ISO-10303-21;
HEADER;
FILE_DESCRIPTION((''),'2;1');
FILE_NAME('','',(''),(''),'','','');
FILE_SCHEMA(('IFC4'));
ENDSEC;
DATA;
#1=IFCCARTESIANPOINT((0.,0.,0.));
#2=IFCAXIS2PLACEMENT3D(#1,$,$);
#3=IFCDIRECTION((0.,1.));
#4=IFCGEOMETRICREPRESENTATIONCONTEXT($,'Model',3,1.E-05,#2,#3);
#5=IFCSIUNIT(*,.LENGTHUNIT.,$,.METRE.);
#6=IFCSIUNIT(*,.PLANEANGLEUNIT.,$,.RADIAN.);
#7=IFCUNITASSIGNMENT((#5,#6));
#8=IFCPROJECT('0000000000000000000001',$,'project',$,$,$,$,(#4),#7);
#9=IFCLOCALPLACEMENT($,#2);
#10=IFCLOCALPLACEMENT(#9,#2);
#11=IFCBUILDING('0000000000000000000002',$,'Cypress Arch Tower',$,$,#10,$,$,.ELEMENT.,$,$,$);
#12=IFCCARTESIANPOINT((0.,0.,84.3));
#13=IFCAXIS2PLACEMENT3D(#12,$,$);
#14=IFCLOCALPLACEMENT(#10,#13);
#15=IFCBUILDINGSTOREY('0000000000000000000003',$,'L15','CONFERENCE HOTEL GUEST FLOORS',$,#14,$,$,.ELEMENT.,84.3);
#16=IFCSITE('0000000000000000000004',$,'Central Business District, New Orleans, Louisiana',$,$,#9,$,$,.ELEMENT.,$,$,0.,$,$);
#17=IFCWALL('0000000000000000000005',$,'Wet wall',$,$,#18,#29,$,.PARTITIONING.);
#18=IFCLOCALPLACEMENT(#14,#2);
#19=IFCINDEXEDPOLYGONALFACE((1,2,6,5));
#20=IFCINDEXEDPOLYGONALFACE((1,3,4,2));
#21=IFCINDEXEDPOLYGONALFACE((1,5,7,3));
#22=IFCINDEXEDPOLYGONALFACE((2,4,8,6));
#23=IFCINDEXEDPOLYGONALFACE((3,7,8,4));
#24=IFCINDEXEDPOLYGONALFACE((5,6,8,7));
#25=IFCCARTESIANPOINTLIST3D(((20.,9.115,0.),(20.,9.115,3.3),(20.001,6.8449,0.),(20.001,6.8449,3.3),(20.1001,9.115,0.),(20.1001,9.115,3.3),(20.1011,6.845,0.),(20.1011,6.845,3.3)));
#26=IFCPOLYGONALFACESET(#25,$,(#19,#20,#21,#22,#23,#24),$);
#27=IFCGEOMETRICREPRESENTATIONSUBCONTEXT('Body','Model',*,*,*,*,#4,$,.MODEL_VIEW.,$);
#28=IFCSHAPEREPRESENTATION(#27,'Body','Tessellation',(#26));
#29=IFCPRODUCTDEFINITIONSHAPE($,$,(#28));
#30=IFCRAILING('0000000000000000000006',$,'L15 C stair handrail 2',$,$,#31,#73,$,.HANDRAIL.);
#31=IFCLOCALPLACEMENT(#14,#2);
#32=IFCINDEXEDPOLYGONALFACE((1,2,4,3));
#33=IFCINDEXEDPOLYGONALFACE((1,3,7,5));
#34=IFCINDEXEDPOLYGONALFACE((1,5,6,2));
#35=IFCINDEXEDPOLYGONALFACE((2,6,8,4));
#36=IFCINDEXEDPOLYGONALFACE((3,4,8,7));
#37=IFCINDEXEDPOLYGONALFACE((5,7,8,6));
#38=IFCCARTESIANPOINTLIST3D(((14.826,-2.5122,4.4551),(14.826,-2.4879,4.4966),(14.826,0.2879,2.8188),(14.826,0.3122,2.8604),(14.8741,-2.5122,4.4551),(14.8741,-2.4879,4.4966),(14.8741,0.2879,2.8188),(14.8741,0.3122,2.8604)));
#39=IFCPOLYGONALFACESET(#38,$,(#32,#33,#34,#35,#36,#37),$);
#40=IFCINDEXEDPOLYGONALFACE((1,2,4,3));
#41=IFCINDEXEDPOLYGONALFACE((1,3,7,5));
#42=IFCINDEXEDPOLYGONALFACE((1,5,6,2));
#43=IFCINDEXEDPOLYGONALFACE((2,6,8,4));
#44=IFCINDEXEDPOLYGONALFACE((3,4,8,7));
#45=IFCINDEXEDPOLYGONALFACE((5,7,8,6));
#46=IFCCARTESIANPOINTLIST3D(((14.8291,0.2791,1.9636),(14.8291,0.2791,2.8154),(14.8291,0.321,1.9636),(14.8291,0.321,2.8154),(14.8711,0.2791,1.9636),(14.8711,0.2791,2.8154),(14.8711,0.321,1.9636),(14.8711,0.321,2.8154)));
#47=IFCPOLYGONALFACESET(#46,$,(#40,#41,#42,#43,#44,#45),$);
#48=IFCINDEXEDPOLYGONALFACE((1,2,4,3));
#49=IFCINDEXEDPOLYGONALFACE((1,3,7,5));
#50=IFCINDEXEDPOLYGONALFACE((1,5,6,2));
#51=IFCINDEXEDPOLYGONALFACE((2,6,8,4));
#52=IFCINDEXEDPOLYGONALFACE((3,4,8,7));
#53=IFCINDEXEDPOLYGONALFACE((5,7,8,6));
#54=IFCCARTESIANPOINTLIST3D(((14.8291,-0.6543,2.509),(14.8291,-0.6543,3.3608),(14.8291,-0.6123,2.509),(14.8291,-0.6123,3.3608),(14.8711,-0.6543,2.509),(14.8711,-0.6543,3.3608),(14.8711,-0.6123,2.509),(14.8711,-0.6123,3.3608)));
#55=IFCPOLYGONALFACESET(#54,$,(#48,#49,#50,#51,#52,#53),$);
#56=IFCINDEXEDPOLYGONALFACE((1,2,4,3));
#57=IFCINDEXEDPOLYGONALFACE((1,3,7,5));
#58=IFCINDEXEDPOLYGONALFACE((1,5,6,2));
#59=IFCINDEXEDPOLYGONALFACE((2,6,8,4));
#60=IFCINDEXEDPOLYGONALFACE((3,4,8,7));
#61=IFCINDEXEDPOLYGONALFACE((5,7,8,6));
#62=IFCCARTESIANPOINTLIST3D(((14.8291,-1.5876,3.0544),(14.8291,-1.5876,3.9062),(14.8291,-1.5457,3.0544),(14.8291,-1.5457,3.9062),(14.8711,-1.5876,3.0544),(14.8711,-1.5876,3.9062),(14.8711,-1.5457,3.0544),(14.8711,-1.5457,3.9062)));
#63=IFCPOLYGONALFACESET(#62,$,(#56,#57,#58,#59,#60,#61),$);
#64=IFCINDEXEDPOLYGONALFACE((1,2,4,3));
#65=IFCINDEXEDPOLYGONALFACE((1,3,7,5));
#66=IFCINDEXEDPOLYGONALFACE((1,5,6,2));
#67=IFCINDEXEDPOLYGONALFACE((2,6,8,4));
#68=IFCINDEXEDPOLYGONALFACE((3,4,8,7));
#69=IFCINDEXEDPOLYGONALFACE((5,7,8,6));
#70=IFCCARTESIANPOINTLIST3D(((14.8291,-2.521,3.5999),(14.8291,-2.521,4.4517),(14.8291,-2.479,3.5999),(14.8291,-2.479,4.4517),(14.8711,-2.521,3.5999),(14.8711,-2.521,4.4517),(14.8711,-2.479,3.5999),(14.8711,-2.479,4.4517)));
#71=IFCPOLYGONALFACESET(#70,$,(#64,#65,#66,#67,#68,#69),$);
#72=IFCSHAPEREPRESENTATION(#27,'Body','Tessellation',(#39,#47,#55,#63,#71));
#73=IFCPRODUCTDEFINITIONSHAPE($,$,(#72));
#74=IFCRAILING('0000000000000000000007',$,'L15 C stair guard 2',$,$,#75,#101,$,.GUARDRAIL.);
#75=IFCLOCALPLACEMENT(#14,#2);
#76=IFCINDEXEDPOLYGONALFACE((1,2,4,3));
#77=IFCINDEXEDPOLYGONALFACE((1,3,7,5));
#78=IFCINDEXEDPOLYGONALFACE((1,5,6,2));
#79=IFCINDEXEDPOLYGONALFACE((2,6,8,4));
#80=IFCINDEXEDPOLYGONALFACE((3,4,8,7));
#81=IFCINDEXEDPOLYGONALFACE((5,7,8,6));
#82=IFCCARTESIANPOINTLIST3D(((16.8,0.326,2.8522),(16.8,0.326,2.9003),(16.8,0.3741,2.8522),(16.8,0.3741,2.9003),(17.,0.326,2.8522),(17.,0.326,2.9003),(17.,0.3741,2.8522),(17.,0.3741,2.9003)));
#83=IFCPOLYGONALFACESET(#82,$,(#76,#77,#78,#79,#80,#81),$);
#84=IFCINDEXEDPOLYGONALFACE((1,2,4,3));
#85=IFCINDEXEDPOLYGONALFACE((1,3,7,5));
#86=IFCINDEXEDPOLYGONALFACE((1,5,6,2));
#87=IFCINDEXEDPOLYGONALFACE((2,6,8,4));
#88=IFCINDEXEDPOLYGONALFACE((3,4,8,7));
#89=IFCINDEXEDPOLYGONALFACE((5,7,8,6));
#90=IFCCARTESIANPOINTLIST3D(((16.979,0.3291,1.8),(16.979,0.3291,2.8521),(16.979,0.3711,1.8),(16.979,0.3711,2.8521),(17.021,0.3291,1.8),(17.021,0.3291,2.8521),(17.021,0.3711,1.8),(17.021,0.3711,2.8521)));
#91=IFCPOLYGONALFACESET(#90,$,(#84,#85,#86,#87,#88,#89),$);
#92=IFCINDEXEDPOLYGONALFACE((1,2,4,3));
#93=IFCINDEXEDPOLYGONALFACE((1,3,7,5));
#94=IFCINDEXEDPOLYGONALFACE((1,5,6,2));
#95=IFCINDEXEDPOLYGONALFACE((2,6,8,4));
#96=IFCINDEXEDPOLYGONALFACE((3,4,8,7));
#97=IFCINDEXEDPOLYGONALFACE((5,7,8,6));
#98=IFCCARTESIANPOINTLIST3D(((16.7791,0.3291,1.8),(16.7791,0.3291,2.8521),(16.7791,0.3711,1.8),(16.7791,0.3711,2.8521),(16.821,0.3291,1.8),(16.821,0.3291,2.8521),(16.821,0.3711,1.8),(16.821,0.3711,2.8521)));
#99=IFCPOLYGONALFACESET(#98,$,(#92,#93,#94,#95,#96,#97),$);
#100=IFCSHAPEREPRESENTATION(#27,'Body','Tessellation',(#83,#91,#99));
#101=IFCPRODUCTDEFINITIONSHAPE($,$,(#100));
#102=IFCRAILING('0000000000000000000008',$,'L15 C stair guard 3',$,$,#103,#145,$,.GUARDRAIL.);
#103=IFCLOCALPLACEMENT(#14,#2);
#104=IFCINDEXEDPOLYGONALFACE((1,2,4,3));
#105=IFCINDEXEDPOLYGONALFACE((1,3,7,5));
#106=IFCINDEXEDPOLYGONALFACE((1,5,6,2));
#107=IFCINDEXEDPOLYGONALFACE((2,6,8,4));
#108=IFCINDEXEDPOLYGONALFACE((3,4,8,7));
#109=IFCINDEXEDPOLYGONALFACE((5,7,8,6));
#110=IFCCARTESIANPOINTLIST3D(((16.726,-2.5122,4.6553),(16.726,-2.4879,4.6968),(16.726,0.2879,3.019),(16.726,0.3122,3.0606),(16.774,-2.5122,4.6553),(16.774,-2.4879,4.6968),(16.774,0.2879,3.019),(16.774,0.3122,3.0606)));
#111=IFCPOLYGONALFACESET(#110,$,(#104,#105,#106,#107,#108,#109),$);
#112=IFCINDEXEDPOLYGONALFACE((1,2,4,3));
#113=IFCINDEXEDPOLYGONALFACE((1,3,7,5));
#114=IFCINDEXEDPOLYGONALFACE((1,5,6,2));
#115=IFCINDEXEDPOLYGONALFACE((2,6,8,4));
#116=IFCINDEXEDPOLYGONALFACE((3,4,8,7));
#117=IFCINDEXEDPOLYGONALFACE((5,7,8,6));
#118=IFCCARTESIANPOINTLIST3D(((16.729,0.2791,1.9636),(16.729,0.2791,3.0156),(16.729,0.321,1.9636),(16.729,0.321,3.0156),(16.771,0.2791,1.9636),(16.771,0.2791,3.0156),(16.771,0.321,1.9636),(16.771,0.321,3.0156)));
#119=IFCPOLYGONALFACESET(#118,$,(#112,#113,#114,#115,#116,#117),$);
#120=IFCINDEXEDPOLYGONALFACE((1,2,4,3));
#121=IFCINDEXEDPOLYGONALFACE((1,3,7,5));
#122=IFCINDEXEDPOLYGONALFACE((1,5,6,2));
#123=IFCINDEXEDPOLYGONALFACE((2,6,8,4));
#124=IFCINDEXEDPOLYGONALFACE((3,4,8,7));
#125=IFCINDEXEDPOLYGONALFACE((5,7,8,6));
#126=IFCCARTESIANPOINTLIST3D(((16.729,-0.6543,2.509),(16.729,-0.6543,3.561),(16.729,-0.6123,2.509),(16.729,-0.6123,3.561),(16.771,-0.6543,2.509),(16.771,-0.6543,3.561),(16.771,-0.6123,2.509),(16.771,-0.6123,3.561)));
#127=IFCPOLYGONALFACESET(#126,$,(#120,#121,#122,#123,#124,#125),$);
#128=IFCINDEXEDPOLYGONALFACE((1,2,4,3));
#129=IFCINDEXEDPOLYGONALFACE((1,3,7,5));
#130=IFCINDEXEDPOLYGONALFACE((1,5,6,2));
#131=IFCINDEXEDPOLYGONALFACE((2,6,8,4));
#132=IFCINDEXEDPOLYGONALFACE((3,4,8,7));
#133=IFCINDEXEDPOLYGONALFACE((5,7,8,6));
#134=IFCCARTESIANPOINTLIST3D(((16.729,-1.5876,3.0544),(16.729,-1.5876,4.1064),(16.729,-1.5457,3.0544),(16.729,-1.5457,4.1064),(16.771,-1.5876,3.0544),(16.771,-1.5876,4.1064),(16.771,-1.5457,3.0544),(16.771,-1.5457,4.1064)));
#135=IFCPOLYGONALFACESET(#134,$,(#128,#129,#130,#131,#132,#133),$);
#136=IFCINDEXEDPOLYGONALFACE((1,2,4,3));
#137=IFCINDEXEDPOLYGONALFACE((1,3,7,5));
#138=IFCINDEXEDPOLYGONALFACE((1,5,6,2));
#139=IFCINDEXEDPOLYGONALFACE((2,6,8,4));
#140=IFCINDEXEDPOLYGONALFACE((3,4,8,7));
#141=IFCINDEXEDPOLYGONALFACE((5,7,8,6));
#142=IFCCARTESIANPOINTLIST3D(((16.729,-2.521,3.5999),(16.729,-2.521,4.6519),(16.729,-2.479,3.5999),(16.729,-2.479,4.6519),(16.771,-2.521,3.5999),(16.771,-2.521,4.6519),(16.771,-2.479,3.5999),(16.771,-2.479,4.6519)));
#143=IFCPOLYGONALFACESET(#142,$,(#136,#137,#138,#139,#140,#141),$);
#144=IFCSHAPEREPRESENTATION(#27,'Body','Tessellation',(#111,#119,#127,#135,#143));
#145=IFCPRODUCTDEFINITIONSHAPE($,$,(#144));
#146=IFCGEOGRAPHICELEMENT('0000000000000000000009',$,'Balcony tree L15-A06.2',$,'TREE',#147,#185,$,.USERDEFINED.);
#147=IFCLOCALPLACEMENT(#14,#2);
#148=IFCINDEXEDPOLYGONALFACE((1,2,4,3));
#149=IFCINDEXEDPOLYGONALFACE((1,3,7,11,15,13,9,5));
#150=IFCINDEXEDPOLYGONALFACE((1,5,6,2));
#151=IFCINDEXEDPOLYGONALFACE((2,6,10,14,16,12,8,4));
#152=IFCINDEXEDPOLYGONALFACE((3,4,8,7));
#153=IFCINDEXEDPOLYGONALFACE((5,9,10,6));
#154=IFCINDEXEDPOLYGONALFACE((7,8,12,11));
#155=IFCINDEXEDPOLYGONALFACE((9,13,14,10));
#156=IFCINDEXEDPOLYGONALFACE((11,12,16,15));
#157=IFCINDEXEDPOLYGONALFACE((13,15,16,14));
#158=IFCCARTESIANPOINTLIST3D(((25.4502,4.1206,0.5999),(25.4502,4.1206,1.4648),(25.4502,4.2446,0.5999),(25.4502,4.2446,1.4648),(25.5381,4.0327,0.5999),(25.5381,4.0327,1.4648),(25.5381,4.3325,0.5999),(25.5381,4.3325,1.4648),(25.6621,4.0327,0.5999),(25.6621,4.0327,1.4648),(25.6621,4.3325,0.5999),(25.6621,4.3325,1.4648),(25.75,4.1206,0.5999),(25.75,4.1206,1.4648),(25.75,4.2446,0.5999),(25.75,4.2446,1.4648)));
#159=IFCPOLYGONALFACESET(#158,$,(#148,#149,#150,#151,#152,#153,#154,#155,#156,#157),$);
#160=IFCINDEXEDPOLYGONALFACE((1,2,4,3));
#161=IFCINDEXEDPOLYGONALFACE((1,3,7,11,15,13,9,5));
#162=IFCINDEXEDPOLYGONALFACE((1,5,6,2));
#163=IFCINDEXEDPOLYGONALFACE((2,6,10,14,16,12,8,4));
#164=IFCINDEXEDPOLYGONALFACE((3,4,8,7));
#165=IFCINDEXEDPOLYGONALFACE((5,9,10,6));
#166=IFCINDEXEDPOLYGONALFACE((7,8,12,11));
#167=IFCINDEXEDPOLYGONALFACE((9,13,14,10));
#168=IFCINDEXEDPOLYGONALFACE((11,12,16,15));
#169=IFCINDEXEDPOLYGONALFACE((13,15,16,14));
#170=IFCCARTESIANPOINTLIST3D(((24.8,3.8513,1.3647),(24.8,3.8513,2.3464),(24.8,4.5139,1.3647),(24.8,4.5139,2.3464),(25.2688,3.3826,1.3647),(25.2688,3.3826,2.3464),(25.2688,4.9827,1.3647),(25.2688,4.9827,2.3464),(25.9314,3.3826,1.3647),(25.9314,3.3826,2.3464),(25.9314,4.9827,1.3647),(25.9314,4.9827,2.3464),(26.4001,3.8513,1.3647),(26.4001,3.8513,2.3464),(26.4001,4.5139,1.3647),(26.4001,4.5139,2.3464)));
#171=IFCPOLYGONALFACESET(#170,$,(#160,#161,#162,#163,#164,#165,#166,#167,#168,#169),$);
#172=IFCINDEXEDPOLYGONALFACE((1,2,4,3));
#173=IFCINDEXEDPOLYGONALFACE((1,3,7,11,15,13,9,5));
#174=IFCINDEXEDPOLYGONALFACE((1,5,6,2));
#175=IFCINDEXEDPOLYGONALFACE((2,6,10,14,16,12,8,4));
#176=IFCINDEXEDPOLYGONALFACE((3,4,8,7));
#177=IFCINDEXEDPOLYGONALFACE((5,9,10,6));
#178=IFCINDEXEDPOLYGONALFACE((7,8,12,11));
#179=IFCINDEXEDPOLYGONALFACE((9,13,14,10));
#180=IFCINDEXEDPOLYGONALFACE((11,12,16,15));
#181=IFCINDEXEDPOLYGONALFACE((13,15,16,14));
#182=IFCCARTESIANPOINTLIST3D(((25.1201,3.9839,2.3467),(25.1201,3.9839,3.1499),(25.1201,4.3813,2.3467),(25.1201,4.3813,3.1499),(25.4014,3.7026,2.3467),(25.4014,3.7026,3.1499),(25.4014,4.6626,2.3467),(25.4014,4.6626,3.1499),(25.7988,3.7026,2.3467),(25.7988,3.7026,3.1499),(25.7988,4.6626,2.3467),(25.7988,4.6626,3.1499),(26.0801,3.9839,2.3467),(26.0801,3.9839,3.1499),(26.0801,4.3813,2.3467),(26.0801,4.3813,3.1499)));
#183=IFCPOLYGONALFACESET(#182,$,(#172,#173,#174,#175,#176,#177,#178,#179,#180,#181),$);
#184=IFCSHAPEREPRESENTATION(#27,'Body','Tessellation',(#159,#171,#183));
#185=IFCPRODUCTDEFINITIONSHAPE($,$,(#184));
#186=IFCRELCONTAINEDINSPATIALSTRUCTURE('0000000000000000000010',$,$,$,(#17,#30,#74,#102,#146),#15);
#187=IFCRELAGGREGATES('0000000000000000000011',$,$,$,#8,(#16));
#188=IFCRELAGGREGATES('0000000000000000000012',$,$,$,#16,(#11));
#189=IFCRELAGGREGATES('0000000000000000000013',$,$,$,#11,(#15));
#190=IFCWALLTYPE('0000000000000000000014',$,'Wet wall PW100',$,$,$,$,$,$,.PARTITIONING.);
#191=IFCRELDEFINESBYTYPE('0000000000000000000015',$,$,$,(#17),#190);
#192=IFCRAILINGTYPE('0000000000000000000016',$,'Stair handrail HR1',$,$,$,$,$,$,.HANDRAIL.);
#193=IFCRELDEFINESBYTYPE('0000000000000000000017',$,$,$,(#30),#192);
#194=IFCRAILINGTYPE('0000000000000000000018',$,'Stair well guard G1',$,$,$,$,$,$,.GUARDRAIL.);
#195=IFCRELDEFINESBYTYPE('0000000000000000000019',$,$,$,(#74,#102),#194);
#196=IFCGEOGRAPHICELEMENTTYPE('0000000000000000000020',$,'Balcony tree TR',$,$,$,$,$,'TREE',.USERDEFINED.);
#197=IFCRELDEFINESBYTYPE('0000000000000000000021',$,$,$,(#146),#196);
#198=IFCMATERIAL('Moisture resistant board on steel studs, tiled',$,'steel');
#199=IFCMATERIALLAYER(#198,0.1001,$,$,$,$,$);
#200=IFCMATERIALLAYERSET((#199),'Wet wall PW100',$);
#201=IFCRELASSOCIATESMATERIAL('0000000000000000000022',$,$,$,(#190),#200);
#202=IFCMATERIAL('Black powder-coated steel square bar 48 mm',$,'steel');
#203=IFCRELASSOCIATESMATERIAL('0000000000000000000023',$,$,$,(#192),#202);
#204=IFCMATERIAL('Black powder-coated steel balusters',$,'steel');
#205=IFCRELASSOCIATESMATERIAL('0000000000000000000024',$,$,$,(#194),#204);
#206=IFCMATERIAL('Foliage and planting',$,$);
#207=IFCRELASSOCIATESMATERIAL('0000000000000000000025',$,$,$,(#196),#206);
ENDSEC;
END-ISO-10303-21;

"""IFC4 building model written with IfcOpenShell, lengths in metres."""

from ifc_helpers import new_model, si_unit, direction, frame, frame_2d, origin, origin_2d, place, context, subcontext, project, spatial, polyline, rectangle, outline, extrude, material, layer, layer_set, type_object, element, save


model = new_model("IFC4")

# Units and contexts
model_context = context("Model", 3, precision=1e-05, world=origin(), true_north=direction((0.0, 1.0)))
body_context = subcontext(model_context, "Body", "Model", "MODEL_VIEW")
ifc_project = project(units=[si_unit("LENGTHUNIT", "METRE"), si_unit("PLANEANGLEUNIT", "RADIAN")], contexts=[model_context])

# Site, building, storey
site_placement = place(None, origin())
site = spatial("IfcSite", under=ifc_project, at=site_placement, Name="Central Business District, New Orleans, Louisiana", CompositionType="ELEMENT", RefElevation=0.0)
building_placement = place(site_placement, origin())
building = spatial("IfcBuilding", under=site, at=building_placement, Name="Cypress Arch Tower", CompositionType="ELEMENT")
storey_placement = place(building_placement, frame((0.0, 0.0, 84.3)))
storey = spatial("IfcBuildingStorey", under=building, at=storey_placement, Name="L15", Description="CONFERENCE HOTEL GUEST FLOORS", CompositionType="ELEMENT", Elevation=84.3)

# Shared definitions
ifc_material_1 = material(Name="Moisture resistant board on steel studs, tiled", Category="steel")
ifc_layer_1 = layer(ifc_material_1, 0.1001)
ifc_layer_set_1 = layer_set([ifc_layer_1], Name="Wet wall PW100")
wall_type_1 = type_object("IfcWallType", Name="Wet wall PW100", PredefinedType="PARTITIONING", material=ifc_layer_set_1)

# Wall
wall_1_placement = place(storey_placement, frame((20.05, 9.115, 0.0), z_axis=(0.0, 0.0, 1.0), x_axis=(0.00043, -1.0, 0.0)))
element("IfcWall", 1, at=wall_1_placement, inside=storey, type_object=wall_type_1, Name="Wet wall", PredefinedType="PARTITIONING", context=body_context, shape_type="SweptSolid", body=[
    extrude(rectangle(XDim=2.27, YDim=0.1001, at=frame_2d((1.135, 0.0))), origin(), (0.0, 0.0, 1.0), 3.3),
])

# Railings
ifc_material_2 = material(Name="Black powder-coated steel square bar 48 mm", Category="steel")
railing_type_1 = type_object("IfcRailingType", Name="Stair handrail HR1", PredefinedType="HANDRAIL", material=ifc_material_2)
railing_1_placement = place(storey_placement, frame((14.8501, 0.3, 1.9636)))
element("IfcRailing", 2, at=railing_1_placement, inside=storey, type_object=railing_type_1, Name="L15 C stair handrail 2", PredefinedType="HANDRAIL", context=body_context, shape_type="SweptSolid", body=[
    extrude(rectangle(XDim=0.0481, YDim=0.0481, at=origin_2d()), frame((0.0, 0.0, 0.876), z_axis=(0.0, -0.863394, 0.504531), x_axis=(1.0, 0.0, 0.0)), (0.0, 0.0, 1.0), 3.2432),
    extrude(rectangle(XDim=0.042, YDim=0.042, at=origin_2d()), origin(), (0.0, 0.0, 1.0), 0.8518),
    extrude(rectangle(XDim=0.042, YDim=0.042, at=origin_2d()), frame((0.0, -0.9333, 0.5454)), (0.0, 0.0, 1.0), 0.8518),
    extrude(rectangle(XDim=0.042, YDim=0.042, at=origin_2d()), frame((0.0, -1.8667, 1.0908)), (0.0, 0.0, 1.0), 0.8518),
    extrude(rectangle(XDim=0.042, YDim=0.042, at=origin_2d()), frame((0.0, -2.8, 1.6362)), (0.0, 0.0, 1.0), 0.8518),
])
ifc_material_3 = material(Name="Black powder-coated steel balusters", Category="steel")
railing_type_2 = type_object("IfcRailingType", Name="Stair well guard G1", PredefinedType="GUARDRAIL", material=ifc_material_3)
railing_2_placement = place(storey_placement, frame((17.0, 0.3501, 1.8)))
element("IfcRailing", 3, at=railing_2_placement, inside=storey, type_object=railing_type_2, Name="L15 C stair guard 2", PredefinedType="GUARDRAIL", context=body_context, shape_type="SweptSolid", body=[
    extrude(rectangle(XDim=0.0481, YDim=0.0481, at=origin_2d()), frame((0.0, 0.0, 1.0762), z_axis=(-1.0, 0.0, 0.0), x_axis=(0.0, -1.0, 0.0)), (0.0, 0.0, 1.0), 0.2),
    extrude(rectangle(XDim=0.042, YDim=0.042, at=origin_2d()), origin(), (0.0, 0.0, 1.0), 1.052),
    extrude(rectangle(XDim=0.042, YDim=0.042, at=origin_2d()), frame((-0.2, 0.0, 0.0)), (0.0, 0.0, 1.0), 1.052),
])
railing_3_placement = place(storey_placement, frame((16.75, 0.3, 1.9636)))
element("IfcRailing", 4, at=railing_3_placement, inside=storey, type_object=railing_type_2, Name="L15 C stair guard 3", PredefinedType="GUARDRAIL", context=body_context, shape_type="SweptSolid", body=[
    extrude(rectangle(XDim=0.0481, YDim=0.0481, at=origin_2d()), frame((0.0, 0.0, 1.0762), z_axis=(0.0, -0.863394, 0.504531), x_axis=(1.0, 0.0, 0.0)), (0.0, 0.0, 1.0), 3.2432),
    extrude(rectangle(XDim=0.042, YDim=0.042, at=origin_2d()), origin(), (0.0, 0.0, 1.0), 1.052),
    extrude(rectangle(XDim=0.042, YDim=0.042, at=origin_2d()), frame((0.0, -0.9333, 0.5454)), (0.0, 0.0, 1.0), 1.052),
    extrude(rectangle(XDim=0.042, YDim=0.042, at=origin_2d()), frame((0.0, -1.8667, 1.0908)), (0.0, 0.0, 1.0), 1.052),
    extrude(rectangle(XDim=0.042, YDim=0.042, at=origin_2d()), frame((0.0, -2.8, 1.6362)), (0.0, 0.0, 1.0), 1.052),
])

# Geographic element
ifc_material_4 = material(Name="Foliage and planting")
geographic_element_type = type_object("IfcGeographicElementType", Name="Balcony tree TR", ElementType="TREE", PredefinedType="USERDEFINED", material=ifc_material_4)
for number, where, z_axis, x_axis, name in (
    (5, (25.6001, 4.1826, 0.5999), (0.0, 0.0, 1.0), (1.0, 0.0, 0.0), "Balcony tree L15-A06.2"),
):
    element("IfcGeographicElement", number, at=place(storey_placement, frame(where, z_axis=z_axis, x_axis=x_axis)), inside=storey, type_object=geographic_element_type, Name=name, ObjectType="TREE", PredefinedType="USERDEFINED", context=body_context, shape_type="SweptSolid", body=[
        extrude(outline(polyline([(0.1499, 0.062), (0.062, 0.1499), (-0.062, 0.1499), (-0.1499, 0.062), (-0.1499, -0.062), (-0.062, -0.1499), (0.062, -0.1499), (0.1499, -0.062), (0.1499, 0.062)])), origin(), (0.0, 0.0, 1.0), 0.865),
        extrude(outline(polyline([(0.8, 0.3313), (0.3313, 0.8), (-0.3313, 0.8), (-0.8, 0.3313), (-0.8, -0.3313), (-0.3313, -0.8), (0.3313, -0.8), (0.8, -0.3313), (0.8, 0.3313)])), frame((0.0, 0.0, 0.7649)), (0.0, 0.0, 1.0), 0.9817),
        extrude(outline(polyline([(0.48, 0.1987), (0.1987, 0.48), (-0.1987, 0.48), (-0.48, 0.1987), (-0.48, -0.1987), (-0.1987, -0.48), (0.1987, -0.48), (0.48, -0.1987), (0.48, 0.1987)])), frame((0.0, 0.0, 1.7468)), (0.0, 0.0, 1.0), 0.8032),
    ])

save(model, "model.ifc")
